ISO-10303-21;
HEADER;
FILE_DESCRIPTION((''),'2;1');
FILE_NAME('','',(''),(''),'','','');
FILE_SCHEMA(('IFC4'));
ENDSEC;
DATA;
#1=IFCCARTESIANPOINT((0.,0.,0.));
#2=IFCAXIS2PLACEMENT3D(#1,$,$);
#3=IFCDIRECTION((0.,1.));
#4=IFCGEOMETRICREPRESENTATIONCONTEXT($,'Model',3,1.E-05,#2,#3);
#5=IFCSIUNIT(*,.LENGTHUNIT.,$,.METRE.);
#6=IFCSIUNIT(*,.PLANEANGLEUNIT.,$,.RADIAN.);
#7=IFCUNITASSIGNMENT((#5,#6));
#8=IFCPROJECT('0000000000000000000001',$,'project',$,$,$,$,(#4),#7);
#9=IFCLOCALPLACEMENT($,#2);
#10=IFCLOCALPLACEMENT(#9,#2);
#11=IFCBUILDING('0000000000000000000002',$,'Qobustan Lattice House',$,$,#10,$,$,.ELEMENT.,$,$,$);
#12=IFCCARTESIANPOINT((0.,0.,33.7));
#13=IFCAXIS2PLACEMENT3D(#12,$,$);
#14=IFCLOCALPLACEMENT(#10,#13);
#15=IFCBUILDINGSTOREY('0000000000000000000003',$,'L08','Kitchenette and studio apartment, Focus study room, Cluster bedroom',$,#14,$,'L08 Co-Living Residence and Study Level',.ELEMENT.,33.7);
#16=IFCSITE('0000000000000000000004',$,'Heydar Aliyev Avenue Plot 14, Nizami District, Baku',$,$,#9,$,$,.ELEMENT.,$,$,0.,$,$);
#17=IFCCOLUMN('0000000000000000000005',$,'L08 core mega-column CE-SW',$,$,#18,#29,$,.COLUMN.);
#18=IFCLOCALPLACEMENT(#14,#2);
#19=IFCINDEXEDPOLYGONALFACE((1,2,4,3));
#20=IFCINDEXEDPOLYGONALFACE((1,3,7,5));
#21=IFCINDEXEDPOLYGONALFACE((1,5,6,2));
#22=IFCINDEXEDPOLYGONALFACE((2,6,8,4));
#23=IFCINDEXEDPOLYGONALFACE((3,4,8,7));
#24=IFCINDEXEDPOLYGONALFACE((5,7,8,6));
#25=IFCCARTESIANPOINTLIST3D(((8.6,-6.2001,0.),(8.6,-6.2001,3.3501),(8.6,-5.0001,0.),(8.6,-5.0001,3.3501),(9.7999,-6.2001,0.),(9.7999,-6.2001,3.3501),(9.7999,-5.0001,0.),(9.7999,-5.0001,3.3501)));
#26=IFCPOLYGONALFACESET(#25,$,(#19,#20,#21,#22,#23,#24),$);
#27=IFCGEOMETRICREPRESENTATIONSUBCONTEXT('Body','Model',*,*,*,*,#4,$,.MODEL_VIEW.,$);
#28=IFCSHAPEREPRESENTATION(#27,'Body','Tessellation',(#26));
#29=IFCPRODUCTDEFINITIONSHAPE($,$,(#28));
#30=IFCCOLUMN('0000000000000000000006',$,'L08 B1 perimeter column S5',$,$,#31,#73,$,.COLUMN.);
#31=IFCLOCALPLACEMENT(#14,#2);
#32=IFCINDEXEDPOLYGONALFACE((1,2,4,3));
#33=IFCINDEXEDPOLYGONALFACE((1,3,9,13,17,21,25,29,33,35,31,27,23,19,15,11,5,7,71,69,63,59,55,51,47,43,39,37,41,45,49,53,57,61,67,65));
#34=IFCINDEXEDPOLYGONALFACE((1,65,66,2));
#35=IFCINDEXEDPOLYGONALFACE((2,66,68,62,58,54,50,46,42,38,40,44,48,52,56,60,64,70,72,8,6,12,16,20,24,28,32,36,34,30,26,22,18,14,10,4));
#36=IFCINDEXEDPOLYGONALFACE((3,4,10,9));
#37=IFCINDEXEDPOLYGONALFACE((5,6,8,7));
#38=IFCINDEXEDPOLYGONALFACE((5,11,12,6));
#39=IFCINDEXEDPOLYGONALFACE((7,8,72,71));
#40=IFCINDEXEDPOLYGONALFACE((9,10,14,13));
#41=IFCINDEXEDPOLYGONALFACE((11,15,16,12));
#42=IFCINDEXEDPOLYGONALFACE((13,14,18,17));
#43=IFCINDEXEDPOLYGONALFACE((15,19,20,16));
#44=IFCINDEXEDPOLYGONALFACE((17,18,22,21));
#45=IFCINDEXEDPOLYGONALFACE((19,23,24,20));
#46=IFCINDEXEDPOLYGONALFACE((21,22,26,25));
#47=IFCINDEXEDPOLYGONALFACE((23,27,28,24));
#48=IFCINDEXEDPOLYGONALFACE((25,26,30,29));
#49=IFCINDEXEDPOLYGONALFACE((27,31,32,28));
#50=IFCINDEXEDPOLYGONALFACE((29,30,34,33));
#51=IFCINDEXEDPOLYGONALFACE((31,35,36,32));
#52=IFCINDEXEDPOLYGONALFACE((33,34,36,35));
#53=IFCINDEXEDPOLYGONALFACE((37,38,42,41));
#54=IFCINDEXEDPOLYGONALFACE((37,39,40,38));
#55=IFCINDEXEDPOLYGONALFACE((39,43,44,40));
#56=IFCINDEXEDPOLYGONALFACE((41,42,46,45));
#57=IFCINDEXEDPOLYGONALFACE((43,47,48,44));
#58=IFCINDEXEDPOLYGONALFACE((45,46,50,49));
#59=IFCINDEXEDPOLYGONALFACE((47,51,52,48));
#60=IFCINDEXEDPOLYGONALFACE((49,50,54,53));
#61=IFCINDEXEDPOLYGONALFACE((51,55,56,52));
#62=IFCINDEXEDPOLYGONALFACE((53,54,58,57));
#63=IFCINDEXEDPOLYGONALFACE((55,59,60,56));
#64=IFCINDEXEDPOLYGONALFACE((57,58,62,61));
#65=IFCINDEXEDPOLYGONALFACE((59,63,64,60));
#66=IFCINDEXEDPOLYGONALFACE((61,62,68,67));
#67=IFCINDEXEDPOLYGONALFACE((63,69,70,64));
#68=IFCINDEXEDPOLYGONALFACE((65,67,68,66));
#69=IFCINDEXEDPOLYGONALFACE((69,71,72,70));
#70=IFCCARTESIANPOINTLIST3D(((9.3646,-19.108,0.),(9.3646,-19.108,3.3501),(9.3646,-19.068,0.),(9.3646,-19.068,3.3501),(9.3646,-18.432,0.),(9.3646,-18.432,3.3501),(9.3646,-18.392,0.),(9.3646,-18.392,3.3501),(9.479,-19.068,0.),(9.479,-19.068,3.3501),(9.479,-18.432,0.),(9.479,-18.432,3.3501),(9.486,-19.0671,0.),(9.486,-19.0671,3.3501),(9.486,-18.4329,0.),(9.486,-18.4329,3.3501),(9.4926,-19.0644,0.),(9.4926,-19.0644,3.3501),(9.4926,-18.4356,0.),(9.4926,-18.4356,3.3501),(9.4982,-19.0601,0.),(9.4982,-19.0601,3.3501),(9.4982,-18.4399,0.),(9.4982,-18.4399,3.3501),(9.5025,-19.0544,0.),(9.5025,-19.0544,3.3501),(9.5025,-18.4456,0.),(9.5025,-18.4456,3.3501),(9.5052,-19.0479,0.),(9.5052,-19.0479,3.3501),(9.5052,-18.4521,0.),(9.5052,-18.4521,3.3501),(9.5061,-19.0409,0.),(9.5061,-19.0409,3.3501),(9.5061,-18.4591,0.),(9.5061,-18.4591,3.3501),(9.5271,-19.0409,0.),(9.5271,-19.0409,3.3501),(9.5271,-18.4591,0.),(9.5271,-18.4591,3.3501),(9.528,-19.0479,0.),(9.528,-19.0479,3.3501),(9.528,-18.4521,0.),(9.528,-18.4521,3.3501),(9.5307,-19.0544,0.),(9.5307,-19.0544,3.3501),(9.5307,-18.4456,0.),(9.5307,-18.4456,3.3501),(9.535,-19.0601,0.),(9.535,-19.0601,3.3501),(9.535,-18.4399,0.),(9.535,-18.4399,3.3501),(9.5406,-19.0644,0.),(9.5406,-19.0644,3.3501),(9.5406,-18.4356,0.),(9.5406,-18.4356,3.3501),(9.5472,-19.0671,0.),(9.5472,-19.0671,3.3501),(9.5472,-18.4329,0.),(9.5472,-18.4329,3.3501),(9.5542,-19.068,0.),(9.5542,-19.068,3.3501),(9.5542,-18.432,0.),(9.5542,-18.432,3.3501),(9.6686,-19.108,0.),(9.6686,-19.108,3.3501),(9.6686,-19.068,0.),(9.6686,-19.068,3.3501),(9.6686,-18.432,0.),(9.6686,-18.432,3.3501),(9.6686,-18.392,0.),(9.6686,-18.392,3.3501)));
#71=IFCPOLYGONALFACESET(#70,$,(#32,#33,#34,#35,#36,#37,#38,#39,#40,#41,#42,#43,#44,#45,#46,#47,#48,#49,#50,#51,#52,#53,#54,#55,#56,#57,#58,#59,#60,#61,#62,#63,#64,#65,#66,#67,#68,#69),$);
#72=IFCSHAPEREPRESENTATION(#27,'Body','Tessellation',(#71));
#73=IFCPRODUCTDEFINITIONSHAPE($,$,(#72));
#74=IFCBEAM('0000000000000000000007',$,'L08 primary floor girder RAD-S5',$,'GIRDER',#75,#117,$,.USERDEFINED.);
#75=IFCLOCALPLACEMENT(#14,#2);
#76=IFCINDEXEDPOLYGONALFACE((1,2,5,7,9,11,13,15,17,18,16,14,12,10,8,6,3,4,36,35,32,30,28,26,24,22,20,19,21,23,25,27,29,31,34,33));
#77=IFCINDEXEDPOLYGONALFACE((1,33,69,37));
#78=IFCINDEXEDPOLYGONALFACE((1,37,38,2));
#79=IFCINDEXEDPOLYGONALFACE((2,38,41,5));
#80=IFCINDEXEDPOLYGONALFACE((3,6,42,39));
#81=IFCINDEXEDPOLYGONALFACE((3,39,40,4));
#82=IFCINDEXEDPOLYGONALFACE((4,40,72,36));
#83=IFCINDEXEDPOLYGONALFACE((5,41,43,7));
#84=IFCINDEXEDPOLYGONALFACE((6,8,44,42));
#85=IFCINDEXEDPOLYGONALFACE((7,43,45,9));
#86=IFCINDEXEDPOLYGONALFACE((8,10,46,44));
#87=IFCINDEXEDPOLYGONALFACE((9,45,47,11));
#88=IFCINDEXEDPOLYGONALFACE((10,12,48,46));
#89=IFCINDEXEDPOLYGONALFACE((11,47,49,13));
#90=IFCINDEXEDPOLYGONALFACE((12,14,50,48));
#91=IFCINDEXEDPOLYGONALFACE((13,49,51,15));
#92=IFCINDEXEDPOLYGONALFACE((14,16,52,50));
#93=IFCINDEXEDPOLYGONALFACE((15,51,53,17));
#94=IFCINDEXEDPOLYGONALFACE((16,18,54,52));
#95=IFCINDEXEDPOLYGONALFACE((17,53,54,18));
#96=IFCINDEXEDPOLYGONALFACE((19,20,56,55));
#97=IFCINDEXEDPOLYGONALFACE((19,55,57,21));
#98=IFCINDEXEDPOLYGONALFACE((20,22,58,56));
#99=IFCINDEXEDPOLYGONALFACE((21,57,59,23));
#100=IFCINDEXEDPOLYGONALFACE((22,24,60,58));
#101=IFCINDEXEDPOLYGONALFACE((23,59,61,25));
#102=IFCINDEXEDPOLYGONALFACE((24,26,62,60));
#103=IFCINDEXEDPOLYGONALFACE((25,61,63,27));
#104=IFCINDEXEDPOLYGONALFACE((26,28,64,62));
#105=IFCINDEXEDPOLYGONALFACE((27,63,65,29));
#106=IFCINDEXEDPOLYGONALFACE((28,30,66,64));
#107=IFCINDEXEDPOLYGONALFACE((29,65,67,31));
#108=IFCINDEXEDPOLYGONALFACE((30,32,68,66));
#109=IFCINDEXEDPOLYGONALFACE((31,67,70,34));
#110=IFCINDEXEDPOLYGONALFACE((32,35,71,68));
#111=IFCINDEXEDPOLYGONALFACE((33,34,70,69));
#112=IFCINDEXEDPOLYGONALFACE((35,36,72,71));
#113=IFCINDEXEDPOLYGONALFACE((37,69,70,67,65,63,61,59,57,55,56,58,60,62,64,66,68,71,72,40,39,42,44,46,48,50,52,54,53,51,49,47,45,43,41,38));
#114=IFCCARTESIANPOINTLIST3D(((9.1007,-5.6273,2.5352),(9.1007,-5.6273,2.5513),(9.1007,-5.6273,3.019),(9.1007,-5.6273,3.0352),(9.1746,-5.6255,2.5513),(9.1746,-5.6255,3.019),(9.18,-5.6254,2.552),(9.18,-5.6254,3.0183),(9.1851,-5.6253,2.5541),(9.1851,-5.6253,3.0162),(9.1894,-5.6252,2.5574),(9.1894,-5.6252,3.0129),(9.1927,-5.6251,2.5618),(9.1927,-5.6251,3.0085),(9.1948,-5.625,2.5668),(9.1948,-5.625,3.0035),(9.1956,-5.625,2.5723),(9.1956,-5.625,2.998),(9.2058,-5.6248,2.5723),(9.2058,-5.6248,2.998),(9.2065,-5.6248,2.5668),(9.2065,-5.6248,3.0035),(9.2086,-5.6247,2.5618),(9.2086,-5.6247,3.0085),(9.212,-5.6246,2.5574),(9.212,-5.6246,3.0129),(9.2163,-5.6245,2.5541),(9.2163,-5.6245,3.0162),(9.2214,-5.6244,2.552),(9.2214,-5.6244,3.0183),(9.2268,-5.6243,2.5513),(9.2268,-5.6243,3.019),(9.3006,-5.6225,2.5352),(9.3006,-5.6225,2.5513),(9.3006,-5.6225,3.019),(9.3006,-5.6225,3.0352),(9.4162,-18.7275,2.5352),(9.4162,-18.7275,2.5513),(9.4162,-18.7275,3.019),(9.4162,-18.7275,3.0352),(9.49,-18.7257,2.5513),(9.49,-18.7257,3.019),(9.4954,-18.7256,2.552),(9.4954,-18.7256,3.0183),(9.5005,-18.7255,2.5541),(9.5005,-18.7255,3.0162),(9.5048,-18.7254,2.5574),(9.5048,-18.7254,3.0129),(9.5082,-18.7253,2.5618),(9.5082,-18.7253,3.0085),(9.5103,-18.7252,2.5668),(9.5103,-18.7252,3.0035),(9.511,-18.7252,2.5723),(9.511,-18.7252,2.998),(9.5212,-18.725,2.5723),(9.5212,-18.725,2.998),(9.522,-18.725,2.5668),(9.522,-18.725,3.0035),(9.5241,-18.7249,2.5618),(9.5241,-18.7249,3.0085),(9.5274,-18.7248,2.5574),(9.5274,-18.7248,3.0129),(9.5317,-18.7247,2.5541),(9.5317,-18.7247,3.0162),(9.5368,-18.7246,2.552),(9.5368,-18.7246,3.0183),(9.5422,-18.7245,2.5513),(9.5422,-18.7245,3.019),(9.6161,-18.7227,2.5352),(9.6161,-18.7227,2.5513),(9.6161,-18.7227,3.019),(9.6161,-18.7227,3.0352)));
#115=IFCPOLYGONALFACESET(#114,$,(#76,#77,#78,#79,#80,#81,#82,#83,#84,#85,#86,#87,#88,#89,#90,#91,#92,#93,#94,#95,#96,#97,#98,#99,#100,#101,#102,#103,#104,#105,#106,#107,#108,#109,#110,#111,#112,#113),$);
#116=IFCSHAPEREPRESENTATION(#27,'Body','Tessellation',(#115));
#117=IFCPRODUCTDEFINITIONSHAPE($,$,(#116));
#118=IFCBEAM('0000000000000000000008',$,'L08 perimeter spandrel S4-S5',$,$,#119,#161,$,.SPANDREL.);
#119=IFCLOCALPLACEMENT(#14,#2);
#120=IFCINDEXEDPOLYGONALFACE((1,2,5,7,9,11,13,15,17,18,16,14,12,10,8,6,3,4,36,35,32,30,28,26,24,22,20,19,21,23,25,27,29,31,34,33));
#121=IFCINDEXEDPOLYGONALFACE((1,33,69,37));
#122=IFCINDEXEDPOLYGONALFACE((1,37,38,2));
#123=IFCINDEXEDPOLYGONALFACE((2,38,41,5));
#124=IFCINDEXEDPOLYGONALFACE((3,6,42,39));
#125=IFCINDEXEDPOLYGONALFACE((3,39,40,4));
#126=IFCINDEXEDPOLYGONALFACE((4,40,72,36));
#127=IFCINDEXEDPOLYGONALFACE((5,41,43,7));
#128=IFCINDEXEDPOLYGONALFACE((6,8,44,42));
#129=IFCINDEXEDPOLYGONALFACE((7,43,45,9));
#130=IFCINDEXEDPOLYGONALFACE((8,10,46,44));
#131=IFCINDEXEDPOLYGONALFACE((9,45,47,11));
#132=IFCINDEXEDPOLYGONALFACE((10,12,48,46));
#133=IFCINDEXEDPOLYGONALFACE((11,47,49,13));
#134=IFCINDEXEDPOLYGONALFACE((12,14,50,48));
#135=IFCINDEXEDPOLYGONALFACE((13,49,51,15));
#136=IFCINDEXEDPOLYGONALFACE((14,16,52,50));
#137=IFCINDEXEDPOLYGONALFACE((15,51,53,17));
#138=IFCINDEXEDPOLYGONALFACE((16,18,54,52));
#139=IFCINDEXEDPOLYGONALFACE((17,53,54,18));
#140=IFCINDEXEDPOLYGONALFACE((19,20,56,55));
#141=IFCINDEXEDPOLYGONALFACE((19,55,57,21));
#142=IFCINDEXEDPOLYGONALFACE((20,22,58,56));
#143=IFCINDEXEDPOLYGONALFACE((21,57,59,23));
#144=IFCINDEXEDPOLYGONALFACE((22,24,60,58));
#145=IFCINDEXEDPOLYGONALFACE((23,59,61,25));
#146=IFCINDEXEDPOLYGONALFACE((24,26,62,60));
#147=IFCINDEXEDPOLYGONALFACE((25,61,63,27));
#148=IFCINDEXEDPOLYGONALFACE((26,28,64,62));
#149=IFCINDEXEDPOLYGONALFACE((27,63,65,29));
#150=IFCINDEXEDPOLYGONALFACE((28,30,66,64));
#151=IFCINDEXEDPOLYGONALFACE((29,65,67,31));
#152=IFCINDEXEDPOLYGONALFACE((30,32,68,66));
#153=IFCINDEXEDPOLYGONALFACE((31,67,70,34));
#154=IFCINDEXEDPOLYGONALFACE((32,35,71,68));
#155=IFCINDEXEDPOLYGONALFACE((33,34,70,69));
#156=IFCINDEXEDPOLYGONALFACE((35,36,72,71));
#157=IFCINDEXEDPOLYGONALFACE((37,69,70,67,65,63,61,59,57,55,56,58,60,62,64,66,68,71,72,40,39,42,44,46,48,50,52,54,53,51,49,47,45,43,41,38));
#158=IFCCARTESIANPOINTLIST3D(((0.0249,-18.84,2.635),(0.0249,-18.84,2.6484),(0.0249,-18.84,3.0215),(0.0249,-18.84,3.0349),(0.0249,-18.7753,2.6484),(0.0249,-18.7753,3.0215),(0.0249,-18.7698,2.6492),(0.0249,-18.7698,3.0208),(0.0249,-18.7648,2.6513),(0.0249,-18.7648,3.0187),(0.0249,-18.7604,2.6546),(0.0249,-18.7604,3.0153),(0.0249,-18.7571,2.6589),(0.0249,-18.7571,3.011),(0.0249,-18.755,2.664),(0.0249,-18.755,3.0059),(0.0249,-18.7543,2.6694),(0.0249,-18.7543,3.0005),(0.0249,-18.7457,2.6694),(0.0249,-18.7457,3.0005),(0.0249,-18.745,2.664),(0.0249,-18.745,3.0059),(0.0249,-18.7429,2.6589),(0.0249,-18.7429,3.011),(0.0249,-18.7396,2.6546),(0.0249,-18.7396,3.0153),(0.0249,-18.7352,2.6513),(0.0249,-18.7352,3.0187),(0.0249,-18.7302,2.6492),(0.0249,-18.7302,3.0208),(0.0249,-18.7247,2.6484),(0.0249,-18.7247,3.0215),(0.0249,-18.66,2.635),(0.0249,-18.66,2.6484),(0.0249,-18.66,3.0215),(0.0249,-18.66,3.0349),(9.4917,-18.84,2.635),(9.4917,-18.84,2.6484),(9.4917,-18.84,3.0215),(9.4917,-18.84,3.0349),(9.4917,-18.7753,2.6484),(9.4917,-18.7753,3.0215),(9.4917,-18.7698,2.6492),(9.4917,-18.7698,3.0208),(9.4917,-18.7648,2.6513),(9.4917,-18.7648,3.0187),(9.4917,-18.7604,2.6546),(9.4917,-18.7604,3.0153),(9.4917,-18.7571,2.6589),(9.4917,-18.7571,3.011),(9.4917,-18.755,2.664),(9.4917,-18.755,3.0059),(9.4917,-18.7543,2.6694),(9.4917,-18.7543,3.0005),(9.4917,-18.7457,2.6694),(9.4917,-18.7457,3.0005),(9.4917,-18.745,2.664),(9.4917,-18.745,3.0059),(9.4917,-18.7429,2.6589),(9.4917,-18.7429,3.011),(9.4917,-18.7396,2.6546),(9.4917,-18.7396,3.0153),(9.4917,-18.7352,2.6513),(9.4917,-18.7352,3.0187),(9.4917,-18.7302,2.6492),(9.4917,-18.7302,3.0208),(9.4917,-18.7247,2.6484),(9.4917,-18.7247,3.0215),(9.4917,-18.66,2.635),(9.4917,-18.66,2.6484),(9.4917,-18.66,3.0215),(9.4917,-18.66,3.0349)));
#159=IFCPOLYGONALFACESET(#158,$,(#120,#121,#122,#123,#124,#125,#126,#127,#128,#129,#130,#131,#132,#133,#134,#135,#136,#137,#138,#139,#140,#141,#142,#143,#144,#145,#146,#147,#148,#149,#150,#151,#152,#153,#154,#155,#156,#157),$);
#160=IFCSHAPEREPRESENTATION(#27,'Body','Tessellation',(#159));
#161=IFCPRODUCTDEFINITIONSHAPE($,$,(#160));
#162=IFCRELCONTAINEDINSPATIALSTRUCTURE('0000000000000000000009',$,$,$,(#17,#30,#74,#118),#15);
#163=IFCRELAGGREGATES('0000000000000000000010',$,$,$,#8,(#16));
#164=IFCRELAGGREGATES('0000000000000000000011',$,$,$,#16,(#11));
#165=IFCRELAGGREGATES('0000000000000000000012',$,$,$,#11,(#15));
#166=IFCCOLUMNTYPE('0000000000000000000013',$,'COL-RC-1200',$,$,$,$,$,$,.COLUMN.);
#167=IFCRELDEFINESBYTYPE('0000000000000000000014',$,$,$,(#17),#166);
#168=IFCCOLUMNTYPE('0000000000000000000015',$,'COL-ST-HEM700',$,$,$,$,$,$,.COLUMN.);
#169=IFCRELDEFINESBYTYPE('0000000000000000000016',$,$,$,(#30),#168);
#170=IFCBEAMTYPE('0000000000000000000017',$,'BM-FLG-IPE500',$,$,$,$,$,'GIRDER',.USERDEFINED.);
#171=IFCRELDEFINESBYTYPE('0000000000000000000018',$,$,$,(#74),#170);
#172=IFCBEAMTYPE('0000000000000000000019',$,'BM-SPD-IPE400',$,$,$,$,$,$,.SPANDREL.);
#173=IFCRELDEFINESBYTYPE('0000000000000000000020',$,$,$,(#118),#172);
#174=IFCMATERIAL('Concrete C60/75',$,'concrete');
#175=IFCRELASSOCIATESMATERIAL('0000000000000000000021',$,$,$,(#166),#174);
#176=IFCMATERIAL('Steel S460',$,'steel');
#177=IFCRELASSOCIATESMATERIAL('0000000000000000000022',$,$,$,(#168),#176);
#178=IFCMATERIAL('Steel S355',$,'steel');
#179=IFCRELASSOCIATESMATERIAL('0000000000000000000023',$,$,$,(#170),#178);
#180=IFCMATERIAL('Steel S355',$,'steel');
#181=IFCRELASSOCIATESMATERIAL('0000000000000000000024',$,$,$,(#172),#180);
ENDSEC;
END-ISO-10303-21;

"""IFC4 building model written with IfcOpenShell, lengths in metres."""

from ifc_helpers import new_model, si_unit, direction, frame, origin, origin_2d, place, context, subcontext, project, spatial, rectangle, i_section, extrude, material, material_profile, profile_set, type_object, element, save


model = new_model("IFC4")

# Units and contexts
model_context = context("Model", 3, precision=1e-05, world=origin(), true_north=direction((0.0, 1.0)))
body_context = subcontext(model_context, "Body", "Model", "MODEL_VIEW")
ifc_project = project(units=[si_unit("LENGTHUNIT", "METRE"), si_unit("PLANEANGLEUNIT", "RADIAN")], contexts=[model_context])

# Site, building, storey
site_placement = place(None, origin())
site = spatial("IfcSite", under=ifc_project, at=site_placement, Name="Heydar Aliyev Avenue Plot 14, Nizami District, Baku", CompositionType="ELEMENT", RefElevation=0.0)
building_placement = place(site_placement, origin())
building = spatial("IfcBuilding", under=site, at=building_placement, Name="Qobustan Lattice House", CompositionType="ELEMENT")
storey_placement = place(building_placement, frame((0.0, 0.0, 33.7)))
storey = spatial("IfcBuildingStorey", under=building, at=storey_placement, Name="L08", Description="Kitchenette and studio apartment, Focus study room, Cluster bedroom", LongName="L08 Co-Living Residence and Study Level", CompositionType="ELEMENT", Elevation=33.7)

# Columns
ifc_material_1 = material(Name="Concrete C60/75", Category="concrete")
ifc_material_profile_1 = material_profile(ifc_material_1, rectangle(XDim=1.2, YDim=1.2, at=origin_2d()), Name="RC1200x1200")
ifc_profile_set_1 = profile_set([ifc_material_profile_1], Name="Concrete C60/75")
column_type_1 = type_object("IfcColumnType", Name="COL-RC-1200", PredefinedType="COLUMN", material=ifc_profile_set_1)
column_1_placement = place(storey_placement, frame((9.2, -5.6001, 0.0), z_axis=(0.0, 0.0, 1.0), x_axis=(1.0, 0.0, 0.0)))
element("IfcColumn", 1, at=column_1_placement, inside=storey, type_object=column_type_1, Name="L08 core mega-column CE-SW", PredefinedType="COLUMN", context=body_context, shape_type="SweptSolid", body=[
    extrude(rectangle(XDim=1.2, YDim=1.2, at=origin_2d()), origin(), (0.0, 0.0, 1.0), 3.3501),
])
ifc_material_2 = material(Name="Steel S460", Category="steel")
ifc_material_profile_2 = material_profile(ifc_material_2, i_section(OverallWidth=0.304, OverallDepth=0.7161, WebThickness=0.021, FlangeThickness=0.04, FilletRadius=0.0271, at=origin_2d()), Name="HEM700")
ifc_profile_set_2 = profile_set([ifc_material_profile_2], Name="Steel S460")
column_type_2 = type_object("IfcColumnType", Name="COL-ST-HEM700", PredefinedType="COLUMN", material=ifc_profile_set_2)
column_2_placement = place(storey_placement, frame((9.5166, -18.75, 0.0), z_axis=(0.0, 0.0, 1.0), x_axis=(1.0, 0.0, 0.0)))
element("IfcColumn", 2, at=column_2_placement, inside=storey, type_object=column_type_2, Name="L08 B1 perimeter column S5", PredefinedType="COLUMN", context=body_context, shape_type="SweptSolid", body=[
    extrude(i_section(OverallWidth=0.304, OverallDepth=0.7161, WebThickness=0.021, FlangeThickness=0.04, FilletRadius=0.0271, at=origin_2d()), origin(), (0.0, 0.0, 1.0), 3.3501),
])

# Beams
ifc_material_3 = material(Name="Steel S355", Category="steel")
ifc_material_profile_3 = material_profile(ifc_material_3, i_section(OverallWidth=0.2, OverallDepth=0.5, WebThickness=0.0103, FlangeThickness=0.0161, FilletRadius=0.021, at=origin_2d()), Name="IPE500")
ifc_profile_set_3 = profile_set([ifc_material_profile_3], Name="Steel S355")
beam_type_1 = type_object("IfcBeamType", Name="BM-FLG-IPE500", ElementType="GIRDER", PredefinedType="USERDEFINED", material=ifc_profile_set_3)
beam_1_placement = place(storey_placement, frame((9.5161, -18.7251, 2.7852), z_axis=(-0.024071, 0.99971, 0.0), x_axis=(-0.99971, -0.024071, 0.0)))
element("IfcBeam", 3, at=beam_1_placement, inside=storey, type_object=beam_type_1, Name="L08 primary floor girder RAD-S5", ObjectType="GIRDER", PredefinedType="USERDEFINED", context=body_context, shape_type="SweptSolid", body=[
    extrude(i_section(OverallWidth=0.2, OverallDepth=0.5, WebThickness=0.0103, FlangeThickness=0.0161, FilletRadius=0.021, at=origin_2d()), origin(), (0.0, 0.0, 1.0), 13.104),
])
ifc_material_4 = material(Name="Steel S355", Category="steel")
ifc_material_profile_4 = material_profile(ifc_material_4, i_section(OverallWidth=0.1799, OverallDepth=0.3999, WebThickness=0.0085, FlangeThickness=0.0134, FilletRadius=0.021, at=origin_2d()), Name="IPE400")
ifc_profile_set_4 = profile_set([ifc_material_profile_4], Name="Steel S355")
beam_type_2 = type_object("IfcBeamType", Name="BM-SPD-IPE400", PredefinedType="SPANDREL", material=ifc_profile_set_4)
beam_2_placement = place(storey_placement, frame((0.0249, -18.75, 2.835), z_axis=(1.0, 0.0, 0.0), x_axis=(0.0, 1.0, 0.0)))
element("IfcBeam", 4, at=beam_2_placement, inside=storey, type_object=beam_type_2, Name="L08 perimeter spandrel S4-S5", PredefinedType="SPANDREL", context=body_context, shape_type="SweptSolid", body=[
    extrude(i_section(OverallWidth=0.1799, OverallDepth=0.3999, WebThickness=0.0085, FlangeThickness=0.0134, FilletRadius=0.021, at=origin_2d()), origin(), (0.0, 0.0, 1.0), 9.4668),
])

save(model, "model.ifc")
